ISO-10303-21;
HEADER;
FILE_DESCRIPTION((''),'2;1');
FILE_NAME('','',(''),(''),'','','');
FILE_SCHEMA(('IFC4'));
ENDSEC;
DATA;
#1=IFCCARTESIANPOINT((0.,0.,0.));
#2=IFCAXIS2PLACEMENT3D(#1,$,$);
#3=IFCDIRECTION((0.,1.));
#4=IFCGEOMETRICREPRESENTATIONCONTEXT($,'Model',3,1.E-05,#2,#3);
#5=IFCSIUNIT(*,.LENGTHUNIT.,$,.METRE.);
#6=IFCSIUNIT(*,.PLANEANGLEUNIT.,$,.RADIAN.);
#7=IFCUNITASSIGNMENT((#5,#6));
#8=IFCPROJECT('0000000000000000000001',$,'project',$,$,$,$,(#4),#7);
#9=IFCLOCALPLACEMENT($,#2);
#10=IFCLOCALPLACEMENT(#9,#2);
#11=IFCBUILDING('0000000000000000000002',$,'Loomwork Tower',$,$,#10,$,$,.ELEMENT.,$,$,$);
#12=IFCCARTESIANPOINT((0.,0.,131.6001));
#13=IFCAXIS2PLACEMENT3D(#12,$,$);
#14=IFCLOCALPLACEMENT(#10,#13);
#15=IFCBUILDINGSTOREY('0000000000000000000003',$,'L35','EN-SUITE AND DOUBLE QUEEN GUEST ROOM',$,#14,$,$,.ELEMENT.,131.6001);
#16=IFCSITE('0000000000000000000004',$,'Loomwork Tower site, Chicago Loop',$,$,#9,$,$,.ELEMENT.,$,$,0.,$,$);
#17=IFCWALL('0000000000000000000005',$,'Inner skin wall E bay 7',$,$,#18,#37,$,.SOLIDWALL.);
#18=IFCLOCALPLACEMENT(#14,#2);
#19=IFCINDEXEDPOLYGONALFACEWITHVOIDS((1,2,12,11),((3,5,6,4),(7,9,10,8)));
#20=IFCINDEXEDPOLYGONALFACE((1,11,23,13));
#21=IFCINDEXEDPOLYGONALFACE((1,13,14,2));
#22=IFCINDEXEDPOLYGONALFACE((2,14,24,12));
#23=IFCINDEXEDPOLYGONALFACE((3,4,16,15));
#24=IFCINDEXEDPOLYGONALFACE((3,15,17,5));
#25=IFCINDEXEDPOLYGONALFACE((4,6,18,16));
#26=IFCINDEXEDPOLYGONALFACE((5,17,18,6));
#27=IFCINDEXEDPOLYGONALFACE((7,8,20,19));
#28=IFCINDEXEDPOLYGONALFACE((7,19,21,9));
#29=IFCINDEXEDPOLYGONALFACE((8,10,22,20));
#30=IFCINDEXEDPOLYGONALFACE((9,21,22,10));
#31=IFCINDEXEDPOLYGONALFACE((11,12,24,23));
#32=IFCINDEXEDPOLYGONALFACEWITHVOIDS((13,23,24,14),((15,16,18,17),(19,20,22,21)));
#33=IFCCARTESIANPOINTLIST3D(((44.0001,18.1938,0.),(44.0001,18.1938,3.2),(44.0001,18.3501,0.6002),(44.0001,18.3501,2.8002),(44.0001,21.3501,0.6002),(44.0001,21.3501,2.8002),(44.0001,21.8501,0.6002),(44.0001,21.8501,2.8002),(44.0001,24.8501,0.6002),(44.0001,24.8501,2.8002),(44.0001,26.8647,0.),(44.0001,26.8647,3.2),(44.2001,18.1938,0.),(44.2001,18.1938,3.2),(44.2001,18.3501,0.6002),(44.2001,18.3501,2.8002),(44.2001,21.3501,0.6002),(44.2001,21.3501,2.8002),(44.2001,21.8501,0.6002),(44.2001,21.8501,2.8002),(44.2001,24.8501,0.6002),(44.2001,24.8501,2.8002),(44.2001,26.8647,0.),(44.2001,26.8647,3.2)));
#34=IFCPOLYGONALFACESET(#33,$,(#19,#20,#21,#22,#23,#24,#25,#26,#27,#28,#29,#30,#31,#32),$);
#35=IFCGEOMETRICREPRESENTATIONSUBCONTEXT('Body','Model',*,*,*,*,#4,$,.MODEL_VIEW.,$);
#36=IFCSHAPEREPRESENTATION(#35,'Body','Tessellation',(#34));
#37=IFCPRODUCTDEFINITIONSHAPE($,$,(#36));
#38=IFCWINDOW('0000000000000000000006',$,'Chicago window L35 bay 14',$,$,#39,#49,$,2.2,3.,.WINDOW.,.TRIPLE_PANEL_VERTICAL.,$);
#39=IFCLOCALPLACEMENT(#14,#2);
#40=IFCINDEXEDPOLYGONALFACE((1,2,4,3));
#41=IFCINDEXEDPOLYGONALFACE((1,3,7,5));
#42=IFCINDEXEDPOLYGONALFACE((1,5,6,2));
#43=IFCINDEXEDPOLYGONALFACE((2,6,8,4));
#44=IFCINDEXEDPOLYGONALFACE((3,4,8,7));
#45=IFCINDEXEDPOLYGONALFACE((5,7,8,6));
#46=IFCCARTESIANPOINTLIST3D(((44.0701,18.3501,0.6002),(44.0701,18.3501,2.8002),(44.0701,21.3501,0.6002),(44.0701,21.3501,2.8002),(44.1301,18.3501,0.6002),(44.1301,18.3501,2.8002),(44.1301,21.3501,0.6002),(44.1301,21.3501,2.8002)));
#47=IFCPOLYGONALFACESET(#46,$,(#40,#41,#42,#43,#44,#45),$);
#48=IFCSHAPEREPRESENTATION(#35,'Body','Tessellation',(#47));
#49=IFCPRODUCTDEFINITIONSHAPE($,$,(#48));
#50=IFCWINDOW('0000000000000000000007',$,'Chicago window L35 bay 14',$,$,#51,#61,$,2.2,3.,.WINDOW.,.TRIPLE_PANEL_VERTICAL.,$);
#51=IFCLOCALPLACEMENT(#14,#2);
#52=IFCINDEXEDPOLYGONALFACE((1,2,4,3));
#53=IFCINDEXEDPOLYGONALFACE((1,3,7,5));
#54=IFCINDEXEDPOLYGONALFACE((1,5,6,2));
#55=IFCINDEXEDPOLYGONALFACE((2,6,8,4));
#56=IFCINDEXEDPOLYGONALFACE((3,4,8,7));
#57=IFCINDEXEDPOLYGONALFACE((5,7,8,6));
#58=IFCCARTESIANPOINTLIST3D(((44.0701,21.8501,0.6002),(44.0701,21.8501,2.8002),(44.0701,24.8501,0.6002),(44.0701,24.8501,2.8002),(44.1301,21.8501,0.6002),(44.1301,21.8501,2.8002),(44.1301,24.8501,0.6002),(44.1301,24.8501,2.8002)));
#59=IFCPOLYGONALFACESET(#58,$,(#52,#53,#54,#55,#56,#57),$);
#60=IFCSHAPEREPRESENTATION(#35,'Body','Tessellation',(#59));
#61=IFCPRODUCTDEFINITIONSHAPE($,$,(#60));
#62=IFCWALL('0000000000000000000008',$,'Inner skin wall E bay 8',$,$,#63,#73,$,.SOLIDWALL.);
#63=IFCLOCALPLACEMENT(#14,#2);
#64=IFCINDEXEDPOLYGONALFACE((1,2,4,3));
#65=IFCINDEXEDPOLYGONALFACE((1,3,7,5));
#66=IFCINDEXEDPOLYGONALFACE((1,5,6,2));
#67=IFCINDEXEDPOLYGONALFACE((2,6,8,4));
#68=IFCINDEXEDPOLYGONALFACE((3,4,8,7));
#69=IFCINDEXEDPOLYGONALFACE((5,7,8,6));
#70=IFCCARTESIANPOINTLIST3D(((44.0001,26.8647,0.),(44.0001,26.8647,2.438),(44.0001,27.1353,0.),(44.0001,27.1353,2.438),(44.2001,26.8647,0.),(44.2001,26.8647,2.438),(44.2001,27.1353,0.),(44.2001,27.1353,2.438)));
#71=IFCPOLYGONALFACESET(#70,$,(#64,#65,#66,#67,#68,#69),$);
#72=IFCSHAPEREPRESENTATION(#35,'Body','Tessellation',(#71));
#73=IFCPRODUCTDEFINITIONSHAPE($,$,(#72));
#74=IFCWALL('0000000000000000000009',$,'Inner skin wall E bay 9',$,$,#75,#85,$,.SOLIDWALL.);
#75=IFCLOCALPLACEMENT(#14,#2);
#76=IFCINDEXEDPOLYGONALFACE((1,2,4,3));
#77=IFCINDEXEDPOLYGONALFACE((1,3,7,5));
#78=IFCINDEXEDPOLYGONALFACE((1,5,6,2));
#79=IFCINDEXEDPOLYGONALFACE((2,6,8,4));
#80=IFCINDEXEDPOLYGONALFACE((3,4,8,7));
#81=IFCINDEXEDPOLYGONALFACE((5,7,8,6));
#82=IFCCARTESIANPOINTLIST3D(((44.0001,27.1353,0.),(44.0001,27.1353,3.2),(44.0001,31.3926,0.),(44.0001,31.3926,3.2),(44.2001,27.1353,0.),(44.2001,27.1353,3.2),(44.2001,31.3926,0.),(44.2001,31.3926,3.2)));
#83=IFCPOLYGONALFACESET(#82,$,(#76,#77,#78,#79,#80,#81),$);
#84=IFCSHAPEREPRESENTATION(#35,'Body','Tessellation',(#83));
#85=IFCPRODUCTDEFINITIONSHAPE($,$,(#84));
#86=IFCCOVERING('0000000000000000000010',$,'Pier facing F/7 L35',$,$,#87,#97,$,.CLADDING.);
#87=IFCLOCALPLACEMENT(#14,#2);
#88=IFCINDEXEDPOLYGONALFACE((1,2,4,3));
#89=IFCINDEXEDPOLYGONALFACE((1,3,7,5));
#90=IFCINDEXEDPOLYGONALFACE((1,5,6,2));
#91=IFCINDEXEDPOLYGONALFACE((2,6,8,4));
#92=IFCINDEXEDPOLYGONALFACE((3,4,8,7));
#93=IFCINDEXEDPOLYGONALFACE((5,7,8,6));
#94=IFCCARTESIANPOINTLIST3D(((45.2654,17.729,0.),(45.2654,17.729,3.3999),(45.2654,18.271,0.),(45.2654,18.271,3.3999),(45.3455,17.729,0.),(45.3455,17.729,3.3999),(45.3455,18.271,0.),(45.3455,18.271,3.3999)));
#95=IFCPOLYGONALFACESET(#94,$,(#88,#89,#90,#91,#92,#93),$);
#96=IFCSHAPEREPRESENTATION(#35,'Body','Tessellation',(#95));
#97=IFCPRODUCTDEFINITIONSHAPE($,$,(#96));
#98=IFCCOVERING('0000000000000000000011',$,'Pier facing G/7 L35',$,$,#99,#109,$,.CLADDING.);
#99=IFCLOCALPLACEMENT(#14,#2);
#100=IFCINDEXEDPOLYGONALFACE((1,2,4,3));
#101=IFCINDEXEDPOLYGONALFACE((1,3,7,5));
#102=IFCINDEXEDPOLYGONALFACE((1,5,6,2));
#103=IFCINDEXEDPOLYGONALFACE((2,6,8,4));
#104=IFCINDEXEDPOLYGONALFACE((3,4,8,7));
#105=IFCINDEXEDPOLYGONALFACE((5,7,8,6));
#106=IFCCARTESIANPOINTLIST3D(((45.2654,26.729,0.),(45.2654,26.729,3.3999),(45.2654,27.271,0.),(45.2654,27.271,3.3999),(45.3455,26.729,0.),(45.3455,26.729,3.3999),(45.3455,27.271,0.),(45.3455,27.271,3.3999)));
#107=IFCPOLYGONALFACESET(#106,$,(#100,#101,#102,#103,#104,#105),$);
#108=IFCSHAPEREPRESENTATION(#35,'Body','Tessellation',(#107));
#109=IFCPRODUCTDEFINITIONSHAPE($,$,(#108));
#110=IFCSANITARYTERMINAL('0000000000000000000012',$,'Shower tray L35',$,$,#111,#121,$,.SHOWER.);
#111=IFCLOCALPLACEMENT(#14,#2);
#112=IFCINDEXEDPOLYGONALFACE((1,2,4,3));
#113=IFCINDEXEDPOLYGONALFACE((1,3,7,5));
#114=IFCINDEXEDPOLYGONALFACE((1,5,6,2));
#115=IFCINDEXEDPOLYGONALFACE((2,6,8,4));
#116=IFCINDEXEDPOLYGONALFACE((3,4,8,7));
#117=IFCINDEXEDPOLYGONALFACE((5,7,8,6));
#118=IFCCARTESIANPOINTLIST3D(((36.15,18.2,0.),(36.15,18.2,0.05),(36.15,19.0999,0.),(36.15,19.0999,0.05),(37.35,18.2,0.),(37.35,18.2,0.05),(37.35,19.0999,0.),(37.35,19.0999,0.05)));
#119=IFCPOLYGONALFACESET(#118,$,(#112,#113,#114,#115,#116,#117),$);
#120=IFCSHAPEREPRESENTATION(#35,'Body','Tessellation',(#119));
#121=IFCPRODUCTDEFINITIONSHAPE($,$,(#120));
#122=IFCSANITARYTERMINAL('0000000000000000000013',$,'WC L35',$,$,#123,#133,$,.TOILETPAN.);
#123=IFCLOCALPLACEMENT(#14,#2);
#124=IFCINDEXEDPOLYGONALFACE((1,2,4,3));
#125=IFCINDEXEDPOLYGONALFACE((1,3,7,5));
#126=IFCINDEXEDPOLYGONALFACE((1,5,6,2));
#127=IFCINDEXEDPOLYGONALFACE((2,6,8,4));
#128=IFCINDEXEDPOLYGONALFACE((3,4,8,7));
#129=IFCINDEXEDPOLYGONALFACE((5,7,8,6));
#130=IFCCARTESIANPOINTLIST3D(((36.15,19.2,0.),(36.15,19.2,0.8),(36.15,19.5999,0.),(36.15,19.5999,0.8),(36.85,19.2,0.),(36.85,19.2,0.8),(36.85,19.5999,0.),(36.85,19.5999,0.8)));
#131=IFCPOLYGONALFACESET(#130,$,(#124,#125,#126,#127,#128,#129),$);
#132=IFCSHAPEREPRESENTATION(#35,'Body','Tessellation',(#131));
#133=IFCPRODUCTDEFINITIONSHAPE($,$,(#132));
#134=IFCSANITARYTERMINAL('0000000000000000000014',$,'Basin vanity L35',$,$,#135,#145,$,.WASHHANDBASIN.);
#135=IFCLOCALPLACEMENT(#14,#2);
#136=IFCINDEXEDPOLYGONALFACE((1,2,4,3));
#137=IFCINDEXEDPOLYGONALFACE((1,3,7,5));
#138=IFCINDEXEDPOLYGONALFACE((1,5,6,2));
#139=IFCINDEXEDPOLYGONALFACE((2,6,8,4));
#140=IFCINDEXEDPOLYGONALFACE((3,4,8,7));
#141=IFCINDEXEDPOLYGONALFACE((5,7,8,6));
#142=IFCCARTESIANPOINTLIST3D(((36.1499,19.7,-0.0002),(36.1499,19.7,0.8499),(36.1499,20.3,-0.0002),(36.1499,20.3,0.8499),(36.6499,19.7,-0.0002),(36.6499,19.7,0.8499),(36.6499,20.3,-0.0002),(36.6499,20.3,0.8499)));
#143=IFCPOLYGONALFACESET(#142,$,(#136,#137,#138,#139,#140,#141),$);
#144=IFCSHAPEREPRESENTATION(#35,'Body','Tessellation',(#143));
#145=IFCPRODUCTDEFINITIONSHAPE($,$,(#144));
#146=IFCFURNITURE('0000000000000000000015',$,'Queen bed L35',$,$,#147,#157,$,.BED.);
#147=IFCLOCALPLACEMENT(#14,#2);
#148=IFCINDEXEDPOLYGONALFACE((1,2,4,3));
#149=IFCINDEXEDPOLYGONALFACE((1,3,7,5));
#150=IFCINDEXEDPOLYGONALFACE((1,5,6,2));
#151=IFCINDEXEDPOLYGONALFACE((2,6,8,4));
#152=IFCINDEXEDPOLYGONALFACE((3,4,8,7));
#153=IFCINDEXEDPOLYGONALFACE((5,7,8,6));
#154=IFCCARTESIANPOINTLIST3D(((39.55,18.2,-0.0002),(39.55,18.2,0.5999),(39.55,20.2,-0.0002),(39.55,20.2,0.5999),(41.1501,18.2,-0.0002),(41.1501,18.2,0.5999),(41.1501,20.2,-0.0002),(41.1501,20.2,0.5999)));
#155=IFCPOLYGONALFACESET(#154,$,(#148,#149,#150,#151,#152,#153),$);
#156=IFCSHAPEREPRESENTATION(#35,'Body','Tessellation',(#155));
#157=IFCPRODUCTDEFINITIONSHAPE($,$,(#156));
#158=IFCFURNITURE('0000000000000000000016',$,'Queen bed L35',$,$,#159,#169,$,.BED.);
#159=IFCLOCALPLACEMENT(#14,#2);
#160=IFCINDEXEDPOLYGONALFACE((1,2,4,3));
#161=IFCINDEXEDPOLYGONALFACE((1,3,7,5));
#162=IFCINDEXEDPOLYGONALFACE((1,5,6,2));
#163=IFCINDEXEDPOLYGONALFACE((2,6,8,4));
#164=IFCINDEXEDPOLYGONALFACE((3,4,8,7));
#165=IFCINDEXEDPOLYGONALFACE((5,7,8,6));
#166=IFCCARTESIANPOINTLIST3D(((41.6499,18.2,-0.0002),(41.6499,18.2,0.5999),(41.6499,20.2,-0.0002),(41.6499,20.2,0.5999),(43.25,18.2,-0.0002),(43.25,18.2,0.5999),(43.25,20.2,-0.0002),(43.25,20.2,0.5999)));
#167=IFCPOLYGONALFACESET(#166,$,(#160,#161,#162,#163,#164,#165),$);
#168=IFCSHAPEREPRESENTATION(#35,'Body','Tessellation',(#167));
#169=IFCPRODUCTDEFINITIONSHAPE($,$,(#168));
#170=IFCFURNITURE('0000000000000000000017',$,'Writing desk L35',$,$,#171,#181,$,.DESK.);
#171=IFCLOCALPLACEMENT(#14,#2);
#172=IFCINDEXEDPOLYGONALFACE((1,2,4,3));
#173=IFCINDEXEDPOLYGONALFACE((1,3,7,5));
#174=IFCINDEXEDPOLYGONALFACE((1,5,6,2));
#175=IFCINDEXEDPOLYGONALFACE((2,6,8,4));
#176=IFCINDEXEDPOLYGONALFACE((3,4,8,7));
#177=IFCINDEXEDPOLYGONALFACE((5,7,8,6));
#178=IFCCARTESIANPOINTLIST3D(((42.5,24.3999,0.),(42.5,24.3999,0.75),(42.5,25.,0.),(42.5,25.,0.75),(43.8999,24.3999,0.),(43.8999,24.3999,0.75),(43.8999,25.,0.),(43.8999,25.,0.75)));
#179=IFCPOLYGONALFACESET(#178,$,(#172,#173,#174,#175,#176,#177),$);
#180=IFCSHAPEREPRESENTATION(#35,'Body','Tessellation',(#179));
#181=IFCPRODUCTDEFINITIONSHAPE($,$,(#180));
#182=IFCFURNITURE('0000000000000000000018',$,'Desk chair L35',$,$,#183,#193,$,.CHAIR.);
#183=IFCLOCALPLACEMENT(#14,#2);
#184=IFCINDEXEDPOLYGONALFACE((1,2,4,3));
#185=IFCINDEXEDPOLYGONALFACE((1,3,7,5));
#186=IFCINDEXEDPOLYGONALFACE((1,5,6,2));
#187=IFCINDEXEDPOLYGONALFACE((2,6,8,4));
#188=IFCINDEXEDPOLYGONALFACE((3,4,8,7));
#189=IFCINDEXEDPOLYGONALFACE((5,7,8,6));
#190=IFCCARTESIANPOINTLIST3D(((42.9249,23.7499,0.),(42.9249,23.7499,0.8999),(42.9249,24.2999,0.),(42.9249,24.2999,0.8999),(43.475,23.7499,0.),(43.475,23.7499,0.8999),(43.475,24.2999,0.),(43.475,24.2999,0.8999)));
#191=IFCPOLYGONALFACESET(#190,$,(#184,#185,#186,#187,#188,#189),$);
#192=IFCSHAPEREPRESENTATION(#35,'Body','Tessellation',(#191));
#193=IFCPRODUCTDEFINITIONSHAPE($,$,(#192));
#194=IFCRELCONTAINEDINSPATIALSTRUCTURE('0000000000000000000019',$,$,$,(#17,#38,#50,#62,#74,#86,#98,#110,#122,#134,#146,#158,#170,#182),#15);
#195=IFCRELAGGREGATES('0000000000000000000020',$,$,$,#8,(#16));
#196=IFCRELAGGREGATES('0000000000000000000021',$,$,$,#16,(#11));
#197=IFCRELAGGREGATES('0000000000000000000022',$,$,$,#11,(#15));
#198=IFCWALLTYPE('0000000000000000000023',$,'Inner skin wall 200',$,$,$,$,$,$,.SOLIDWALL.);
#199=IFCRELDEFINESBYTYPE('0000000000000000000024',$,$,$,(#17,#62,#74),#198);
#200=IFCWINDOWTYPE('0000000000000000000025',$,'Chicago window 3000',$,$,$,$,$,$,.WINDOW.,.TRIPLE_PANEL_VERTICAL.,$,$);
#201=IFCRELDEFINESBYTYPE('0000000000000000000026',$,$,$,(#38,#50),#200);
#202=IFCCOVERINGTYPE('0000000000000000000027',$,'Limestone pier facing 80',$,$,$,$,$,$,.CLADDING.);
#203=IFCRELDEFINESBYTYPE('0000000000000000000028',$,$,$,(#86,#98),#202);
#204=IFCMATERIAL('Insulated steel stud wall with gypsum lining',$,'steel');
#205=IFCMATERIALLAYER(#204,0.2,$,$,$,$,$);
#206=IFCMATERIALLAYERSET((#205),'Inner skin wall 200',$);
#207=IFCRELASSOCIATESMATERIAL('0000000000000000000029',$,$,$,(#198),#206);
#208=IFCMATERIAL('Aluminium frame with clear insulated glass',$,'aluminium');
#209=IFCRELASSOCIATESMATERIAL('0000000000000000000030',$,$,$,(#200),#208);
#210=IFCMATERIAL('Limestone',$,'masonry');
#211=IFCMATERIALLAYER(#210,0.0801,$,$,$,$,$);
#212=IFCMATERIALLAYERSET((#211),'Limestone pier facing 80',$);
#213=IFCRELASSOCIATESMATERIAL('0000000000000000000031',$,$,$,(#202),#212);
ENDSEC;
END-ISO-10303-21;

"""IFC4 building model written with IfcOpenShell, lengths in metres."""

from ifc_helpers import new_model, si_unit, direction, frame, frame_2d, origin, origin_2d, place, context, subcontext, project, spatial, rectangle, extrude, material, layer, layer_set, type_object, element, fill, save


model = new_model("IFC4")

# Units and contexts
model_context = context("Model", 3, precision=1e-05, world=origin(), true_north=direction((0.0, 1.0)))
body_context = subcontext(model_context, "Body", "Model", "MODEL_VIEW")
ifc_project = project(units=[si_unit("LENGTHUNIT", "METRE"), si_unit("PLANEANGLEUNIT", "RADIAN")], contexts=[model_context])

# Site, building, storey
site_placement = place(None, origin())
site = spatial("IfcSite", under=ifc_project, at=site_placement, Name="Loomwork Tower site, Chicago Loop", CompositionType="ELEMENT", RefElevation=0.0)
building_placement = place(site_placement, origin())
building = spatial("IfcBuilding", under=site, at=building_placement, Name="Loomwork Tower", CompositionType="ELEMENT")
storey_placement = place(building_placement, frame((0.0, 0.0, 131.6001)))
storey = spatial("IfcBuildingStorey", under=building, at=storey_placement, Name="L35", Description="EN-SUITE AND DOUBLE QUEEN GUEST ROOM", CompositionType="ELEMENT", Elevation=131.6001)

# Shared definitions
ifc_material_1 = material(Name="Insulated steel stud wall with gypsum lining", Category="steel")
ifc_layer_1 = layer(ifc_material_1, 0.2)
ifc_layer_set_1 = layer_set([ifc_layer_1], Name="Inner skin wall 200")
wall_type_1 = type_object("IfcWallType", Name="Inner skin wall 200", PredefinedType="SOLIDWALL", material=ifc_layer_set_1)

# Wall, openings, windows
wall_1_placement = place(storey_placement, frame((44.1001, 18.1938, 0.0), z_axis=(0.0, 0.0, 1.0), x_axis=(0.0, 1.0, 0.0)))
wall_1 = element("IfcWall", 1, at=wall_1_placement, inside=storey, type_object=wall_type_1, Name="Inner skin wall E bay 7", PredefinedType="SOLIDWALL", context=body_context, shape_type="SweptSolid", body=[
    extrude(rectangle(XDim=8.6709, YDim=0.2, at=frame_2d((4.3354, 0.0))), origin(), (0.0, 0.0, 1.0), 3.2),
])
opening_1_placement = place(wall_1_placement, frame((0.1562, 0.0, 0.6001)))
opening_1 = element("IfcOpeningElement", 2, at=opening_1_placement, cuts=wall_1, PredefinedType="OPENING", context=body_context, shape_type="SweptSolid", body=[
    extrude(rectangle(XDim=3.0, YDim=2.2, at=frame_2d((1.5, 1.1001))), frame((0.0, 0.1099, 0.0), z_axis=(0.0, -1.0, 0.0), x_axis=(1.0, 0.0, 0.0)), (0.0, 0.0, 1.0), 0.22),
])
opening_2_placement = place(wall_1_placement, frame((3.6562, 0.0, 0.6001)))
opening_2 = element("IfcOpeningElement", 3, at=opening_2_placement, cuts=wall_1, PredefinedType="OPENING", context=body_context, shape_type="SweptSolid", body=[
    extrude(rectangle(XDim=3.0, YDim=2.2, at=frame_2d((1.5, 1.1001))), frame((0.0, 0.1099, 0.0), z_axis=(0.0, -1.0, 0.0), x_axis=(1.0, 0.0, 0.0)), (0.0, 0.0, 1.0), 0.22),
])
ifc_material_2 = material(Name="Aluminium frame with clear insulated glass", Category="aluminium")
window_type = type_object("IfcWindowType", Name="Chicago window 3000", PartitioningType="TRIPLE_PANEL_VERTICAL", PredefinedType="WINDOW", material=ifc_material_2)
window_1_placement = place(opening_1_placement, origin())
window_1 = element("IfcWindow", 4, at=window_1_placement, inside=storey, type_object=window_type, Name="Chicago window L35 bay 14", OverallHeight=2.2, OverallWidth=3.0, PartitioningType="TRIPLE_PANEL_VERTICAL", PredefinedType="WINDOW", context=body_context, shape_type="SweptSolid", body=[
    extrude(rectangle(XDim=3.0, YDim=2.2, at=frame_2d((1.5, 1.1001))), frame((0.0, 0.03, 0.0), z_axis=(0.0, -1.0, 0.0), x_axis=(1.0, 0.0, 0.0)), (0.0, 0.0, 1.0), 0.0601),
])
fill(opening_1, window_1)
window_2_placement = place(opening_2_placement, origin())
window_2 = element("IfcWindow", 5, at=window_2_placement, inside=storey, type_object=window_type, Name="Chicago window L35 bay 14", OverallHeight=2.2, OverallWidth=3.0, PartitioningType="TRIPLE_PANEL_VERTICAL", PredefinedType="WINDOW", context=body_context, shape_type="SweptSolid", body=[
    extrude(rectangle(XDim=3.0, YDim=2.2, at=frame_2d((1.5, 1.1001))), frame((0.0, 0.03, 0.0), z_axis=(0.0, -1.0, 0.0), x_axis=(1.0, 0.0, 0.0)), (0.0, 0.0, 1.0), 0.0601),
])
fill(opening_2, window_2)

# Walls
wall_2_placement = place(storey_placement, frame((44.1001, 26.8647, 0.0), z_axis=(0.0, 0.0, 1.0), x_axis=(0.0, 1.0, 0.0)))
element("IfcWall", 6, at=wall_2_placement, inside=storey, type_object=wall_type_1, Name="Inner skin wall E bay 8", PredefinedType="SOLIDWALL", context=body_context, shape_type="SweptSolid", body=[
    extrude(rectangle(XDim=0.2705, YDim=0.2, at=frame_2d((0.1353, 0.0))), origin(), (0.0, 0.0, 1.0), 2.438),
])
wall_3_placement = place(storey_placement, frame((44.1001, 27.1353, 0.0), z_axis=(0.0, 0.0, 1.0), x_axis=(0.0, 1.0, 0.0)))
element("IfcWall", 7, at=wall_3_placement, inside=storey, type_object=wall_type_1, Name="Inner skin wall E bay 9", PredefinedType="SOLIDWALL", context=body_context, shape_type="SweptSolid", body=[
    extrude(rectangle(XDim=4.2573, YDim=0.2, at=frame_2d((2.1287, 0.0))), origin(), (0.0, 0.0, 1.0), 3.2),
])

# Coverings
ifc_material_3 = material(Name="Limestone", Category="masonry")
ifc_layer_2 = layer(ifc_material_3, 0.0801)
ifc_layer_set_2 = layer_set([ifc_layer_2], Name="Limestone pier facing 80")
covering_type = type_object("IfcCoveringType", Name="Limestone pier facing 80", PredefinedType="CLADDING", material=ifc_layer_set_2)
for number, where, z_axis, x_axis, name in (
    (8, (45.3054, 18.0, 0.0), (0.0, 0.0, 1.0), (1.0, 0.0, 0.0), "Pier facing F/7 L35"),
    (9, (45.3054, 27.0, 0.0), (0.0, 0.0, 1.0), (1.0, 0.0, 0.0), "Pier facing G/7 L35"),
):
    element("IfcCovering", number, at=place(storey_placement, frame(where, z_axis=z_axis, x_axis=x_axis)), inside=storey, type_object=covering_type, Name=name, PredefinedType="CLADDING", context=body_context, shape_type="SweptSolid", body=[
        extrude(rectangle(XDim=0.0801, YDim=0.542, at=origin_2d()), origin(), (0.0, 0.0, 1.0), 3.3999),
    ])

# Sanitary terminals
sanitary_terminal_1_placement = place(storey_placement, frame((36.75, 18.6499, 0.0), z_axis=(0.0, 0.0, 1.0), x_axis=(1.0, 0.0, 0.0)))
element("IfcSanitaryTerminal", 10, at=sanitary_terminal_1_placement, inside=storey, Name="Shower tray L35", PredefinedType="SHOWER", context=body_context, shape_type="SweptSolid", body=[
    extrude(rectangle(XDim=1.2, YDim=0.8999, at=origin_2d()), origin(), (0.0, 0.0, 1.0), 0.05),
])
sanitary_terminal_2_placement = place(storey_placement, frame((36.5, 19.3999, 0.0), z_axis=(0.0, 0.0, 1.0), x_axis=(1.0, 0.0, 0.0)))
element("IfcSanitaryTerminal", 11, at=sanitary_terminal_2_placement, inside=storey, Name="WC L35", PredefinedType="TOILETPAN", context=body_context, shape_type="SweptSolid", body=[
    extrude(rectangle(XDim=0.7, YDim=0.3999, at=origin_2d()), origin(), (0.0, 0.0, 1.0), 0.8),
])
sanitary_terminal_3_placement = place(storey_placement, frame((36.3999, 20.0, -0.0002), z_axis=(0.0, 0.0, 1.0), x_axis=(1.0, 0.0, 0.0)))
element("IfcSanitaryTerminal", 12, at=sanitary_terminal_3_placement, inside=storey, Name="Basin vanity L35", PredefinedType="WASHHANDBASIN", context=body_context, shape_type="SweptSolid", body=[
    extrude(rectangle(XDim=0.5, YDim=0.6001, at=origin_2d()), origin(), (0.0, 0.0, 1.0), 0.8501),
])

# Furniture
for number, where, z_axis, x_axis, name in (
    (13, (40.3501, 19.2, -0.0002), (0.0, 0.0, 1.0), (1.0, 0.0, 0.0), "Queen bed L35"),
    (14, (42.45, 19.2, -0.0002), (0.0, 0.0, 1.0), (1.0, 0.0, 0.0), "Queen bed L35"),
):
    element("IfcFurniture", number, at=place(storey_placement, frame(where, z_axis=z_axis, x_axis=x_axis)), inside=storey, Name=name, PredefinedType="BED", context=body_context, shape_type="SweptSolid", body=[
        extrude(rectangle(XDim=1.6001, YDim=2.0, at=origin_2d()), origin(), (0.0, 0.0, 1.0), 0.6001),
    ])
furniture_1_placement = place(storey_placement, frame((43.2, 24.7, 0.0), z_axis=(0.0, 0.0, 1.0), x_axis=(1.0, 0.0, 0.0)))
element("IfcFurniture", 15, at=furniture_1_placement, inside=storey, Name="Writing desk L35", PredefinedType="DESK", context=body_context, shape_type="SweptSolid", body=[
    extrude(rectangle(XDim=1.3999, YDim=0.6001, at=origin_2d()), origin(), (0.0, 0.0, 1.0), 0.75),
])
furniture_2_placement = place(storey_placement, frame((43.2, 24.0249, 0.0), z_axis=(0.0, 0.0, 1.0), x_axis=(1.0, 0.0, 0.0)))
element("IfcFurniture", 16, at=furniture_2_placement, inside=storey, Name="Desk chair L35", PredefinedType="CHAIR", context=body_context, shape_type="SweptSolid", body=[
    extrude(rectangle(XDim=0.55, YDim=0.55, at=origin_2d()), origin(), (0.0, 0.0, 1.0), 0.8999),
])

save(model, "model.ifc")
